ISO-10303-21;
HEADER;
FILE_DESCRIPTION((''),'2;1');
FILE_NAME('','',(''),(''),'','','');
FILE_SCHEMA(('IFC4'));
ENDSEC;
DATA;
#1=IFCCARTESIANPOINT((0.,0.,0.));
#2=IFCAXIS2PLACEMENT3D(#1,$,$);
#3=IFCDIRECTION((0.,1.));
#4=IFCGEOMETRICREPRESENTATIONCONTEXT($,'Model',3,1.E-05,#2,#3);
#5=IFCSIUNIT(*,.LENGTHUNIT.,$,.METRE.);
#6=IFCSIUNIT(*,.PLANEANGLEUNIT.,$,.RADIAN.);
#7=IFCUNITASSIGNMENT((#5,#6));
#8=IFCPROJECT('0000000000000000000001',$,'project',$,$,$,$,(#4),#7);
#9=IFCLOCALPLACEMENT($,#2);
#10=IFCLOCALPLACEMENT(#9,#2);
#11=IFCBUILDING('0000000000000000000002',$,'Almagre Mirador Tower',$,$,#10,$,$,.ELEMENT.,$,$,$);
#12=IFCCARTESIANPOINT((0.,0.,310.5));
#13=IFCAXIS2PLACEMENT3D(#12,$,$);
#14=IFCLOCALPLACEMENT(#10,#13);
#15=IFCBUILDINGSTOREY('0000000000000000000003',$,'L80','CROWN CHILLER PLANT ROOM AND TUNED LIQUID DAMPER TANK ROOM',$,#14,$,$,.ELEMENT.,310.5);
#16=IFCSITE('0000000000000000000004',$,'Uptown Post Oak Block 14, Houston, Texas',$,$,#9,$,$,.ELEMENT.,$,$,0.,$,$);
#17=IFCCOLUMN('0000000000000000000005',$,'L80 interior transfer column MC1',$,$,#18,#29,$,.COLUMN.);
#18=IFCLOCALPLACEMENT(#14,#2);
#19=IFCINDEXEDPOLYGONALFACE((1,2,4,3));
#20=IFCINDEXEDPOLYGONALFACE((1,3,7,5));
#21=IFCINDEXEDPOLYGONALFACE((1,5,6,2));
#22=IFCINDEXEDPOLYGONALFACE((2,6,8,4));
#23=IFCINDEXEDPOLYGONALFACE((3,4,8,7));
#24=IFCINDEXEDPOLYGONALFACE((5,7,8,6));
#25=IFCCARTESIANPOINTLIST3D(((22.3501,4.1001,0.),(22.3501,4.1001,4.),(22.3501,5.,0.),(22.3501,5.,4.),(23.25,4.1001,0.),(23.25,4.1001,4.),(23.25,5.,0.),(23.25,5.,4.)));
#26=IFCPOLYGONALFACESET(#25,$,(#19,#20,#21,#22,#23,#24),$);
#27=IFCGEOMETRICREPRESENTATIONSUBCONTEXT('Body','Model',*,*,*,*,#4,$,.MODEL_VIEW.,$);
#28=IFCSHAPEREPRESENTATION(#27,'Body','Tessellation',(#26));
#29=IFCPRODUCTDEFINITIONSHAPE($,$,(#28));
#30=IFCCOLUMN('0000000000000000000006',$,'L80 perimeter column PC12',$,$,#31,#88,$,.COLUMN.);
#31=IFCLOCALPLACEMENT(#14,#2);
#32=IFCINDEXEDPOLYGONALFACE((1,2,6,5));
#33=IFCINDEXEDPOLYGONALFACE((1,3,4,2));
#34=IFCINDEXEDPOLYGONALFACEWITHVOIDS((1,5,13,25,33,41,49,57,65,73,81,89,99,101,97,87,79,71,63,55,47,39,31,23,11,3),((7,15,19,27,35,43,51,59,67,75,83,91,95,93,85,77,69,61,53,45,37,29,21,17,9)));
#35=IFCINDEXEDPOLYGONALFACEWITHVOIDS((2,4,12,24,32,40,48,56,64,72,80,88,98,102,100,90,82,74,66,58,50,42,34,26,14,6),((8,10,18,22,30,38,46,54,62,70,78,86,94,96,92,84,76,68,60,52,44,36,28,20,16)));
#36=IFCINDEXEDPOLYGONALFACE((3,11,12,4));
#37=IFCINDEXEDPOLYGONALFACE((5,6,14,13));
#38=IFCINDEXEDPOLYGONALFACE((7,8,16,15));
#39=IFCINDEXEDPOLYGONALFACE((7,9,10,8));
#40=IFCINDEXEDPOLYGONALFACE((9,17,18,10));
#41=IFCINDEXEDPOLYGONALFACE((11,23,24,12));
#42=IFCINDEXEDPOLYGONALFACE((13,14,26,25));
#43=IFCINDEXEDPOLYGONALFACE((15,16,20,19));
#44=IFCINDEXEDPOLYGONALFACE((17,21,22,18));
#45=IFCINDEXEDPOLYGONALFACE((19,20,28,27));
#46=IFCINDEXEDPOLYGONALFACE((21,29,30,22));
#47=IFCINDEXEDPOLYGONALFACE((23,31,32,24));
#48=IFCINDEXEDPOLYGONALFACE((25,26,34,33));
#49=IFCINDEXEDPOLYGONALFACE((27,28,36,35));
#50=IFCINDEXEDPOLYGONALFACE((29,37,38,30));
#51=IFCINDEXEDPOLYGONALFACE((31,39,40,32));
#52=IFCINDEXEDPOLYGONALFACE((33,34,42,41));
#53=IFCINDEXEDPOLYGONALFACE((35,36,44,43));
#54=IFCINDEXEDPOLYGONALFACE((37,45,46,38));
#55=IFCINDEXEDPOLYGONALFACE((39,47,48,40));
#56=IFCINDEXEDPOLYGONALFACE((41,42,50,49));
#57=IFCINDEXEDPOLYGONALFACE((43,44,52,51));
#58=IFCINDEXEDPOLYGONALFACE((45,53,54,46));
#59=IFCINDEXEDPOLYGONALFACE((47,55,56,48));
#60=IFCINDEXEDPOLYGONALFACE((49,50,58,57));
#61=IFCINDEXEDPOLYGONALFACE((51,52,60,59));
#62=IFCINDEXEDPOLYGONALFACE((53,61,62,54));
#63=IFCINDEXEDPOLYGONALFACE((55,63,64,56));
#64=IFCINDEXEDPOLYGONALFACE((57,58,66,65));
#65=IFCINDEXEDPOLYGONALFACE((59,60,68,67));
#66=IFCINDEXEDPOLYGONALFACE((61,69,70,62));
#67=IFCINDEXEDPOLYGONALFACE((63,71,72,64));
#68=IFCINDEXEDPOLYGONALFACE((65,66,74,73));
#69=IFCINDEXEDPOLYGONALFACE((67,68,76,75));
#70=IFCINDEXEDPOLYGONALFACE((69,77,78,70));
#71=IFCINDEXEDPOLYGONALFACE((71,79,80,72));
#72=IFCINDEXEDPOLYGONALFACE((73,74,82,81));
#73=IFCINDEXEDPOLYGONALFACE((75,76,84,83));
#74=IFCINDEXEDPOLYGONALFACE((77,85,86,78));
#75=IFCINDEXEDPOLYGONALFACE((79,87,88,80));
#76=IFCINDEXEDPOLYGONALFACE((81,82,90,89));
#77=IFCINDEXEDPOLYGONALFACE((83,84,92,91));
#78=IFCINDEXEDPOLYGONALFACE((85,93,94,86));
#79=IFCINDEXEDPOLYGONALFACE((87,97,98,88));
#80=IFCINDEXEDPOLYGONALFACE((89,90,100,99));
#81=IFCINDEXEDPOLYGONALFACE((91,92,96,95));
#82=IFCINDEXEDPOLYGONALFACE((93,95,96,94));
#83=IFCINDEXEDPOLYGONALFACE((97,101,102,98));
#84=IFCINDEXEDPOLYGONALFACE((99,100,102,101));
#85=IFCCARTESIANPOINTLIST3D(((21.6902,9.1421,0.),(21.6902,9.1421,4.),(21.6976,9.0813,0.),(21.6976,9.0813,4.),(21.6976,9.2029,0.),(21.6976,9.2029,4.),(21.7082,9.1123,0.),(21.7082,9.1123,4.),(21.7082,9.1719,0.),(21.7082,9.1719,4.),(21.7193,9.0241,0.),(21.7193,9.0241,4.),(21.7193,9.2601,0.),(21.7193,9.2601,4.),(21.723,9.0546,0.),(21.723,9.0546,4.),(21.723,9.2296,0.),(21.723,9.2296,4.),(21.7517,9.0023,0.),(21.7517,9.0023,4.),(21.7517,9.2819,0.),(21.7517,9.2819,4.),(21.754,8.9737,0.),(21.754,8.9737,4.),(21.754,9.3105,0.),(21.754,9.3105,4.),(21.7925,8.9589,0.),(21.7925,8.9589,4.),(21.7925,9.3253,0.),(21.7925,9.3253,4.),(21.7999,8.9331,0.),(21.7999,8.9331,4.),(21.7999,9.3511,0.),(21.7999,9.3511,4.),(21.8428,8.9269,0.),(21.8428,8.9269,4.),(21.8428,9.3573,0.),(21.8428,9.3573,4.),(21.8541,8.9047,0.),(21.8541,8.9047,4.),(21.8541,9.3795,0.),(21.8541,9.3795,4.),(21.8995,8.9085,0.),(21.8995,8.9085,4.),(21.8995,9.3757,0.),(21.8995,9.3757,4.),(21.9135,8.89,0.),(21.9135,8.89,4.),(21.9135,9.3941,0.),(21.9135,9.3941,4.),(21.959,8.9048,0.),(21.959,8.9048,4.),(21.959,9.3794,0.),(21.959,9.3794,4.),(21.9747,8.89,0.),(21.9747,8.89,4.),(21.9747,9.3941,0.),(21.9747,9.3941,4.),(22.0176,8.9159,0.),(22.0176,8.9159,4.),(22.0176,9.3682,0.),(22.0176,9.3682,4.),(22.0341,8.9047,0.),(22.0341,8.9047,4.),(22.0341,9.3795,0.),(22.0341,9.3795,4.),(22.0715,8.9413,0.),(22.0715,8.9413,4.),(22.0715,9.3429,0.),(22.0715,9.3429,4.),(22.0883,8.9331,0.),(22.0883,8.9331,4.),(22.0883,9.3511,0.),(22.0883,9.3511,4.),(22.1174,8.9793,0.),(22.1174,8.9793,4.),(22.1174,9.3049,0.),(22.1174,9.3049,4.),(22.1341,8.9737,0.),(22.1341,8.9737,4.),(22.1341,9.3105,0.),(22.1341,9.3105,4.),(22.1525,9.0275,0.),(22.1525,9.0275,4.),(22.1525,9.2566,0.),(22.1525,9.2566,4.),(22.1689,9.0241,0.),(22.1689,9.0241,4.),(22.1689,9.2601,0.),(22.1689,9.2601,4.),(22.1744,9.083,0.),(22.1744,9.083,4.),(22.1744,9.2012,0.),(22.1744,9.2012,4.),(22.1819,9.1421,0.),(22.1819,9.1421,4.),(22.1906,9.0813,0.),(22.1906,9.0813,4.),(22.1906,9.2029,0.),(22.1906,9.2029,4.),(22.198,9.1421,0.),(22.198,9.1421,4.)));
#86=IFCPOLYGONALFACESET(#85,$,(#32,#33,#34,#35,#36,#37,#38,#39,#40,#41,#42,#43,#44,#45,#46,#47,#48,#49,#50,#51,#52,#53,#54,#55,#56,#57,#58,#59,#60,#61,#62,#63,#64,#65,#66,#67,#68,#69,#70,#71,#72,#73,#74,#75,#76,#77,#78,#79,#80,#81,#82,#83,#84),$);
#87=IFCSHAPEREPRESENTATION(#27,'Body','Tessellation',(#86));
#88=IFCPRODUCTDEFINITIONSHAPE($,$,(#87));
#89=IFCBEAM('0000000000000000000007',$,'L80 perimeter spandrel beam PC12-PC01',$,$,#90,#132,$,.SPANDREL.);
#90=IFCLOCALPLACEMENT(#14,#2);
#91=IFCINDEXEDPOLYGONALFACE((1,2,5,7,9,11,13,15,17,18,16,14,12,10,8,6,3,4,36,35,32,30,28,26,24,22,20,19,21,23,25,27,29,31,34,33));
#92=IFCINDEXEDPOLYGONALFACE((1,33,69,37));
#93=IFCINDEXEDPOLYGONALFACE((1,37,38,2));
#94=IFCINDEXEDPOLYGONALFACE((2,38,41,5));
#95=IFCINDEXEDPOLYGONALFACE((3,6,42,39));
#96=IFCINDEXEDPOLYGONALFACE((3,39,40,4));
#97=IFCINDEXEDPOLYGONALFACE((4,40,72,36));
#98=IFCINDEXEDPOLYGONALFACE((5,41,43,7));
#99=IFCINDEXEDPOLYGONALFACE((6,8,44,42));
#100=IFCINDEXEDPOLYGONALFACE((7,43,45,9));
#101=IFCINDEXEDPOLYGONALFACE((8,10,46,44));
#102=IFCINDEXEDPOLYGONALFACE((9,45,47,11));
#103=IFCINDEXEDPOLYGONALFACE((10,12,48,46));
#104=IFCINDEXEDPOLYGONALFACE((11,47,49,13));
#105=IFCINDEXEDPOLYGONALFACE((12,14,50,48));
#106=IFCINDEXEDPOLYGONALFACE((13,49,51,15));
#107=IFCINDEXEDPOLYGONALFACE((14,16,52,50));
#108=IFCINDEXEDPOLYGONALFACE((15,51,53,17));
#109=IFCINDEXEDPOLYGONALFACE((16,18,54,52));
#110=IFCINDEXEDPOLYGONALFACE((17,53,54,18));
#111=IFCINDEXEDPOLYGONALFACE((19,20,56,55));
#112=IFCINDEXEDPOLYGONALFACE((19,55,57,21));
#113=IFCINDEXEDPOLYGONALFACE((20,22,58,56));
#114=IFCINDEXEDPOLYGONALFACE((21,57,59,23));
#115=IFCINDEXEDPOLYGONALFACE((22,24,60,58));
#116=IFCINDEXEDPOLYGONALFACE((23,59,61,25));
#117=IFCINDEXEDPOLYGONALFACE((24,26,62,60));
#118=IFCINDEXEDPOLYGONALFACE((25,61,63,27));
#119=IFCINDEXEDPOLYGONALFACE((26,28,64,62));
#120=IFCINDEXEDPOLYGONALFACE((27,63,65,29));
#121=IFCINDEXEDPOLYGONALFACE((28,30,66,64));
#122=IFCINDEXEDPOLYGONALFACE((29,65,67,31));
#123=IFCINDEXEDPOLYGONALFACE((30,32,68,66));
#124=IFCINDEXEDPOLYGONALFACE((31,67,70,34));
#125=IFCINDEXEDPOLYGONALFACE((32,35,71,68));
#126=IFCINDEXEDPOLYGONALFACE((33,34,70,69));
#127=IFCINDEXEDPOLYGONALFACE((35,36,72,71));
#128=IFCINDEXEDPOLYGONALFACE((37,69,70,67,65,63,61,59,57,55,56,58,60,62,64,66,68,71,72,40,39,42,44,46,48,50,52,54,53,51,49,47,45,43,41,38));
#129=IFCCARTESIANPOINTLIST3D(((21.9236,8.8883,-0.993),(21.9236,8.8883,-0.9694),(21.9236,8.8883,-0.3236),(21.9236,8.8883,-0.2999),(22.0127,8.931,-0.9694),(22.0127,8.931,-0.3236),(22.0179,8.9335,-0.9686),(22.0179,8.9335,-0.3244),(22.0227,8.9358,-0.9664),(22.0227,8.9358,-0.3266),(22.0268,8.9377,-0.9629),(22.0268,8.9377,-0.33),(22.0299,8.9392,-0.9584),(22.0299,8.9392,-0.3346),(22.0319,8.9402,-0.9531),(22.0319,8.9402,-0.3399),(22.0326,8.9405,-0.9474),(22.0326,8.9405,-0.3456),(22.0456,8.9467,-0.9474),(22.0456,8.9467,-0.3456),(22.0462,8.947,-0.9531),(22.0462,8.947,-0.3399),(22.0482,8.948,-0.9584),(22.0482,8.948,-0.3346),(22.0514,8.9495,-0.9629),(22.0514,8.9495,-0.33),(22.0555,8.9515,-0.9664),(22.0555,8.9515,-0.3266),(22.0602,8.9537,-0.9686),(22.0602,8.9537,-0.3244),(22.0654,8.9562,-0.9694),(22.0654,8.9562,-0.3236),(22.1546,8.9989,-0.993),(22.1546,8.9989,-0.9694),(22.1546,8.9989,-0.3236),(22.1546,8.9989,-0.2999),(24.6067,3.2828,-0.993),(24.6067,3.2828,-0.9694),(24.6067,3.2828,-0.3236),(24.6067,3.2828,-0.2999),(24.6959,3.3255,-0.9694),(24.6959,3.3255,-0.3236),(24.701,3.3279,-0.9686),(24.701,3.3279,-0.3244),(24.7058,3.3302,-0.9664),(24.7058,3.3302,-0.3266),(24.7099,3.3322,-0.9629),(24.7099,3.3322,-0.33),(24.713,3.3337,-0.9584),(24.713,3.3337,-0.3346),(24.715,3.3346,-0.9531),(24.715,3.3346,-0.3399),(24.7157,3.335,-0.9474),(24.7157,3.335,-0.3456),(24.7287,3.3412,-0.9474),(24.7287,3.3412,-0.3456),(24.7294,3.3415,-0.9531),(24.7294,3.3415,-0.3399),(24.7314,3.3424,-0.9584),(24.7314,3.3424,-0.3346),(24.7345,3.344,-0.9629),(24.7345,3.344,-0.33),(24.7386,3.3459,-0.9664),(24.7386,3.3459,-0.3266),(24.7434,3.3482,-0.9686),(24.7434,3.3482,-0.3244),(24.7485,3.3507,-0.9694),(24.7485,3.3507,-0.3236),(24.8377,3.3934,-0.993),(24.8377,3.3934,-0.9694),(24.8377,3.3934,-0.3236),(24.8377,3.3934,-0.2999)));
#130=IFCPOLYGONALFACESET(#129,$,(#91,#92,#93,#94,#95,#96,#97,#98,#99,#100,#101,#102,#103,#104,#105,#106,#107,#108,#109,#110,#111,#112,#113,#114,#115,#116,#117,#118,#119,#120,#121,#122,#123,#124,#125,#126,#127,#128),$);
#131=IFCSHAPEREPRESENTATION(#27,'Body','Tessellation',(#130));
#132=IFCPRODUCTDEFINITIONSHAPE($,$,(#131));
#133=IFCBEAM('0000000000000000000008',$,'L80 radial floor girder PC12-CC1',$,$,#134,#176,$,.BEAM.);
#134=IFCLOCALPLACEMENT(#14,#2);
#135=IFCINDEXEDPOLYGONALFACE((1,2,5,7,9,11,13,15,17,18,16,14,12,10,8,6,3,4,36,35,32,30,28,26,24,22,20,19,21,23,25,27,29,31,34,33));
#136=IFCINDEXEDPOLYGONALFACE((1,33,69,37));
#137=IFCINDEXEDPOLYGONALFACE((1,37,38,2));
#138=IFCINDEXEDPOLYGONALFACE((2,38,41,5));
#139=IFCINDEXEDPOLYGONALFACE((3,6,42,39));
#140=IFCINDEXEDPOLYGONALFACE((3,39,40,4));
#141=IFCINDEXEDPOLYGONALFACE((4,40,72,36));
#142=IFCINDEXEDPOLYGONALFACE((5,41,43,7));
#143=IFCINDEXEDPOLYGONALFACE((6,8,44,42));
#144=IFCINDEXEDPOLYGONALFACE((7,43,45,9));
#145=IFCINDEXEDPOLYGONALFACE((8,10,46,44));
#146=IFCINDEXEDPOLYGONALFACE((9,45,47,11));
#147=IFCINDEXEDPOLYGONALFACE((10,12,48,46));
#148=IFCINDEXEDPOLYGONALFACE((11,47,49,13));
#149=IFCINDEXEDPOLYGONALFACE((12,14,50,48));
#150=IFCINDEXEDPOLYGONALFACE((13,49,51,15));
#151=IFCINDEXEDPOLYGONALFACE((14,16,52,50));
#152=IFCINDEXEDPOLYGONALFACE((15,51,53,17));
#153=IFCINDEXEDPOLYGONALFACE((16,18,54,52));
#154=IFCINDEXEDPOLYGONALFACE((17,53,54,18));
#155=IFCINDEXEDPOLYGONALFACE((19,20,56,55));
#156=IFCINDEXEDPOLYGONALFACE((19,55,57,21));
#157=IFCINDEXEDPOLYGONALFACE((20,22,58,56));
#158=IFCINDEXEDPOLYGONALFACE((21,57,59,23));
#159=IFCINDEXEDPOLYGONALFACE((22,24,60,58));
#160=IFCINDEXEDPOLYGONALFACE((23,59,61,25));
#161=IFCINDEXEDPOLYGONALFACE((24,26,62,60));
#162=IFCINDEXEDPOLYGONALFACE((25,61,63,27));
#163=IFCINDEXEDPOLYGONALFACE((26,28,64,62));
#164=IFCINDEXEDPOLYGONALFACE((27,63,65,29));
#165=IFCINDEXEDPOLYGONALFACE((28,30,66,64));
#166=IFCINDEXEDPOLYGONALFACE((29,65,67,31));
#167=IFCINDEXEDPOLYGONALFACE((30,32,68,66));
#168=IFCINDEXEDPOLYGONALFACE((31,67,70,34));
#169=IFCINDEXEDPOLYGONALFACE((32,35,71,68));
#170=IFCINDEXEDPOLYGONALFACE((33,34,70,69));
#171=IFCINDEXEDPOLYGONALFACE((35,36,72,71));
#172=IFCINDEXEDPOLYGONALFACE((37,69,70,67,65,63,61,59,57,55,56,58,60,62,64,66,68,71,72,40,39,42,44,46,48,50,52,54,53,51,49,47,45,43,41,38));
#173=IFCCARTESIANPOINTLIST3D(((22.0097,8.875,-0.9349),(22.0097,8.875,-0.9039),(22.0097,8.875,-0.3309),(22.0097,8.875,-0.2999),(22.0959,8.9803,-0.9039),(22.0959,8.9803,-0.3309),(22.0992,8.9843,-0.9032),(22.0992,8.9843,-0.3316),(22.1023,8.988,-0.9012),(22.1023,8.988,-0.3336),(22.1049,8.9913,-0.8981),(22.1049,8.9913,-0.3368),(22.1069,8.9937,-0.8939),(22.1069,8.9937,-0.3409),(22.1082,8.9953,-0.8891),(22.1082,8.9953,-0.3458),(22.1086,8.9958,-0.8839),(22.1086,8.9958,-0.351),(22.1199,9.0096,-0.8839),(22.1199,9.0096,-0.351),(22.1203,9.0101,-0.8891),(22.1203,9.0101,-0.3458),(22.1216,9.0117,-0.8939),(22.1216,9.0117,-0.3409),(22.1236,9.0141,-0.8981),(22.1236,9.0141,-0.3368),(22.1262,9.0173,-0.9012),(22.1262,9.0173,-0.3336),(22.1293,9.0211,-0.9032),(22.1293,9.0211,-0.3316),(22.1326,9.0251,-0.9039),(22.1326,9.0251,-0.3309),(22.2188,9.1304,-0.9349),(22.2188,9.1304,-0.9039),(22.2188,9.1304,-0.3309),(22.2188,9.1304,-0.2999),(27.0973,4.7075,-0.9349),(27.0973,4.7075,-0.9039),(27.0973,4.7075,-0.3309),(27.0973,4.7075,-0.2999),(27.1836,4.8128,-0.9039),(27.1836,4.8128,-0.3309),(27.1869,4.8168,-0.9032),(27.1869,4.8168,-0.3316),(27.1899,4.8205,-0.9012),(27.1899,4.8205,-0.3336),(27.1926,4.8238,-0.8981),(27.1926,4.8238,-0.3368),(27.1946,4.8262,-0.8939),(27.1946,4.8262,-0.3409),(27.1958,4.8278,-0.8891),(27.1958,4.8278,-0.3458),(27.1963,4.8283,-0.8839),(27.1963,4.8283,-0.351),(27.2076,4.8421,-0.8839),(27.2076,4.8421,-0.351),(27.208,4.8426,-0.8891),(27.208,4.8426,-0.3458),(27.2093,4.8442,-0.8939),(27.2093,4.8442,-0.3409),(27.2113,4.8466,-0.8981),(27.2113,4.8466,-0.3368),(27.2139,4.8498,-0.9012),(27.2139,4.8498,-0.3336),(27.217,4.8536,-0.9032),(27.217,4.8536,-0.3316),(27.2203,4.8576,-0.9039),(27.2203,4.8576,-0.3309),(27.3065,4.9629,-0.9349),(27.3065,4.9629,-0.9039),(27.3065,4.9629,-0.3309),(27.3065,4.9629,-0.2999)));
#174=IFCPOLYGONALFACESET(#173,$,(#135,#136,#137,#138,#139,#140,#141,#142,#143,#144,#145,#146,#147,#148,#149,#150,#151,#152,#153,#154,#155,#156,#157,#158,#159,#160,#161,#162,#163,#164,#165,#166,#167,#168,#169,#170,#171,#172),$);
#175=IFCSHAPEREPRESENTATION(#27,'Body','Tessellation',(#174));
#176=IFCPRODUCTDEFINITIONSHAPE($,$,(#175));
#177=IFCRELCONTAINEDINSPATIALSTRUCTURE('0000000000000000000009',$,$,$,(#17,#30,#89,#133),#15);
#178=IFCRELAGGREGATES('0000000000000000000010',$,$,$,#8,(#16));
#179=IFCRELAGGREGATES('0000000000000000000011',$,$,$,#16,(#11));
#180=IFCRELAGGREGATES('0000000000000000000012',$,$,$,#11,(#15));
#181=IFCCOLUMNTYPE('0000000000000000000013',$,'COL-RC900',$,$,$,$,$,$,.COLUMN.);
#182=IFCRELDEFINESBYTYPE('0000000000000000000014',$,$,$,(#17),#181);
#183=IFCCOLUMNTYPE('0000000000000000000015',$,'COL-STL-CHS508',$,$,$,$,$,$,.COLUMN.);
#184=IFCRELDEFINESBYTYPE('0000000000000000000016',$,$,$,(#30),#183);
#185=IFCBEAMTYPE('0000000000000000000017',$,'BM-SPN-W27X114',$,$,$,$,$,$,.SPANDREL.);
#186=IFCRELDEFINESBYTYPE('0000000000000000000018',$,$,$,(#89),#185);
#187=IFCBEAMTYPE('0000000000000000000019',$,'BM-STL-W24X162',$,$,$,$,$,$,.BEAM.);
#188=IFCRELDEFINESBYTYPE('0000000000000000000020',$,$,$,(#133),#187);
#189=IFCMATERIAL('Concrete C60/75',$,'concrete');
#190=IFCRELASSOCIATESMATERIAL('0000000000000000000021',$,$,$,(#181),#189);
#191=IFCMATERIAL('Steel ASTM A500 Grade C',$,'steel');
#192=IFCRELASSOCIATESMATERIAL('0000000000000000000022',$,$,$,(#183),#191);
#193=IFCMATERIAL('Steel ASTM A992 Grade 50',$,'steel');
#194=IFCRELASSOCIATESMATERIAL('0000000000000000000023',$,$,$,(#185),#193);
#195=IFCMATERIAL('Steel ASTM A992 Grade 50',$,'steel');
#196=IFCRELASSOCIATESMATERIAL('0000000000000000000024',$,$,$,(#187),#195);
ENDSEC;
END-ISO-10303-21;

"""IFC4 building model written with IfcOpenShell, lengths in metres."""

from ifc_helpers import new_model, si_unit, direction, frame, origin, origin_2d, place, context, subcontext, project, spatial, rectangle, hollow_circle, i_section, extrude, material, material_profile, profile_set, type_object, element, save


model = new_model("IFC4")

# Units and contexts
model_context = context("Model", 3, precision=1e-05, world=origin(), true_north=direction((0.0, 1.0)))
body_context = subcontext(model_context, "Body", "Model", "MODEL_VIEW")
ifc_project = project(units=[si_unit("LENGTHUNIT", "METRE"), si_unit("PLANEANGLEUNIT", "RADIAN")], contexts=[model_context])

# Site, building, storey
site_placement = place(None, origin())
site = spatial("IfcSite", under=ifc_project, at=site_placement, Name="Uptown Post Oak Block 14, Houston, Texas", CompositionType="ELEMENT", RefElevation=0.0)
building_placement = place(site_placement, origin())
building = spatial("IfcBuilding", under=site, at=building_placement, Name="Almagre Mirador Tower", CompositionType="ELEMENT")
storey_placement = place(building_placement, frame((0.0, 0.0, 310.5)))
storey = spatial("IfcBuildingStorey", under=building, at=storey_placement, Name="L80", Description="CROWN CHILLER PLANT ROOM AND TUNED LIQUID DAMPER TANK ROOM", CompositionType="ELEMENT", Elevation=310.5)

# Columns
ifc_material_1 = material(Name="Concrete C60/75", Category="concrete")
ifc_material_profile_1 = material_profile(ifc_material_1, rectangle(XDim=0.8999, YDim=0.8999, at=origin_2d()), Name="RC900X900")
ifc_profile_set_1 = profile_set([ifc_material_profile_1], Name="Concrete C60/75")
column_type_1 = type_object("IfcColumnType", Name="COL-RC900", PredefinedType="COLUMN", material=ifc_profile_set_1)
column_1_placement = place(storey_placement, frame((22.8, 4.55, 0.0), z_axis=(0.0, 0.0, 1.0), x_axis=(1.0, 0.0, 0.0)))
element("IfcColumn", 1, at=column_1_placement, inside=storey, type_object=column_type_1, Name="L80 interior transfer column MC1", PredefinedType="COLUMN", context=body_context, shape_type="SweptSolid", body=[
    extrude(rectangle(XDim=0.8999, YDim=0.8999, at=origin_2d()), origin(), (0.0, 0.0, 1.0), 4.0),
])
ifc_material_2 = material(Name="Steel ASTM A500 Grade C", Category="steel")
ifc_material_profile_2 = material_profile(ifc_material_2, hollow_circle(Radius=0.2539, WallThickness=0.0161, at=origin_2d()), Name="CHS508X16")
ifc_profile_set_2 = profile_set([ifc_material_profile_2], Name="Steel ASTM A500 Grade C")
column_type_2 = type_object("IfcColumnType", Name="COL-STL-CHS508", PredefinedType="COLUMN", material=ifc_profile_set_2)
column_2_placement = place(storey_placement, frame((21.9441, 9.1421, 0.0), z_axis=(0.0, 0.0, 1.0), x_axis=(1.0, 0.0, 0.0)))
element("IfcColumn", 2, at=column_2_placement, inside=storey, type_object=column_type_2, Name="L80 perimeter column PC12", PredefinedType="COLUMN", context=body_context, shape_type="SweptSolid", body=[
    extrude(hollow_circle(Radius=0.2539, WallThickness=0.0161, at=origin_2d()), origin(), (0.0, 0.0, 1.0), 4.0),
])

# Beams
ifc_material_3 = material(Name="Steel ASTM A992 Grade 50", Category="steel")
ifc_material_profile_3 = material_profile(ifc_material_3, i_section(OverallWidth=0.2561, OverallDepth=0.6931, WebThickness=0.0144, FlangeThickness=0.0237, FilletRadius=0.022, at=origin_2d()), Name="W27X114")
ifc_profile_set_3 = profile_set([ifc_material_profile_3], Name="Steel ASTM A992 Grade 50")
beam_type_1 = type_object("IfcBeamType", Name="BM-SPN-W27X114", PredefinedType="SPANDREL", material=ifc_profile_set_3)
beam_1_placement = place(storey_placement, frame((22.0391, 8.9436, -0.6465), z_axis=(0.431747, -0.901995, 0.0), x_axis=(0.901995, 0.431747, 0.0)))
element("IfcBeam", 3, at=beam_1_placement, inside=storey, type_object=beam_type_1, Name="L80 perimeter spandrel beam PC12-PC01", PredefinedType="SPANDREL", context=body_context, shape_type="SweptSolid", body=[
    extrude(i_section(OverallWidth=0.2561, OverallDepth=0.6931, WebThickness=0.0144, FlangeThickness=0.0237, FilletRadius=0.022, at=origin_2d()), origin(), (0.0, 0.0, 1.0), 6.2146),
])
ifc_material_4 = material(Name="Steel ASTM A992 Grade 50", Category="steel")
ifc_material_profile_4 = material_profile(ifc_material_4, i_section(OverallWidth=0.3301, OverallDepth=0.635, WebThickness=0.0178, FlangeThickness=0.031, FilletRadius=0.02, at=origin_2d()), Name="W24X162")
ifc_profile_set_4 = profile_set([ifc_material_profile_4], Name="Steel ASTM A992 Grade 50")
beam_type_2 = type_object("IfcBeamType", Name="BM-STL-W24X162", PredefinedType="BEAM", material=ifc_profile_set_4)
beam_2_placement = place(storey_placement, frame((22.1143, 9.0027, -0.6174), z_axis=(0.773595, -0.63368, 0.0), x_axis=(0.63368, 0.773595, 0.0)))
element("IfcBeam", 4, at=beam_2_placement, inside=storey, type_object=beam_type_2, Name="L80 radial floor girder PC12-CC1", PredefinedType="BEAM", context=body_context, shape_type="SweptSolid", body=[
    extrude(i_section(OverallWidth=0.3301, OverallDepth=0.635, WebThickness=0.0178, FlangeThickness=0.031, FilletRadius=0.02, at=origin_2d()), origin(), (0.0, 0.0, 1.0), 6.5767),
])

save(model, "model.ifc")
